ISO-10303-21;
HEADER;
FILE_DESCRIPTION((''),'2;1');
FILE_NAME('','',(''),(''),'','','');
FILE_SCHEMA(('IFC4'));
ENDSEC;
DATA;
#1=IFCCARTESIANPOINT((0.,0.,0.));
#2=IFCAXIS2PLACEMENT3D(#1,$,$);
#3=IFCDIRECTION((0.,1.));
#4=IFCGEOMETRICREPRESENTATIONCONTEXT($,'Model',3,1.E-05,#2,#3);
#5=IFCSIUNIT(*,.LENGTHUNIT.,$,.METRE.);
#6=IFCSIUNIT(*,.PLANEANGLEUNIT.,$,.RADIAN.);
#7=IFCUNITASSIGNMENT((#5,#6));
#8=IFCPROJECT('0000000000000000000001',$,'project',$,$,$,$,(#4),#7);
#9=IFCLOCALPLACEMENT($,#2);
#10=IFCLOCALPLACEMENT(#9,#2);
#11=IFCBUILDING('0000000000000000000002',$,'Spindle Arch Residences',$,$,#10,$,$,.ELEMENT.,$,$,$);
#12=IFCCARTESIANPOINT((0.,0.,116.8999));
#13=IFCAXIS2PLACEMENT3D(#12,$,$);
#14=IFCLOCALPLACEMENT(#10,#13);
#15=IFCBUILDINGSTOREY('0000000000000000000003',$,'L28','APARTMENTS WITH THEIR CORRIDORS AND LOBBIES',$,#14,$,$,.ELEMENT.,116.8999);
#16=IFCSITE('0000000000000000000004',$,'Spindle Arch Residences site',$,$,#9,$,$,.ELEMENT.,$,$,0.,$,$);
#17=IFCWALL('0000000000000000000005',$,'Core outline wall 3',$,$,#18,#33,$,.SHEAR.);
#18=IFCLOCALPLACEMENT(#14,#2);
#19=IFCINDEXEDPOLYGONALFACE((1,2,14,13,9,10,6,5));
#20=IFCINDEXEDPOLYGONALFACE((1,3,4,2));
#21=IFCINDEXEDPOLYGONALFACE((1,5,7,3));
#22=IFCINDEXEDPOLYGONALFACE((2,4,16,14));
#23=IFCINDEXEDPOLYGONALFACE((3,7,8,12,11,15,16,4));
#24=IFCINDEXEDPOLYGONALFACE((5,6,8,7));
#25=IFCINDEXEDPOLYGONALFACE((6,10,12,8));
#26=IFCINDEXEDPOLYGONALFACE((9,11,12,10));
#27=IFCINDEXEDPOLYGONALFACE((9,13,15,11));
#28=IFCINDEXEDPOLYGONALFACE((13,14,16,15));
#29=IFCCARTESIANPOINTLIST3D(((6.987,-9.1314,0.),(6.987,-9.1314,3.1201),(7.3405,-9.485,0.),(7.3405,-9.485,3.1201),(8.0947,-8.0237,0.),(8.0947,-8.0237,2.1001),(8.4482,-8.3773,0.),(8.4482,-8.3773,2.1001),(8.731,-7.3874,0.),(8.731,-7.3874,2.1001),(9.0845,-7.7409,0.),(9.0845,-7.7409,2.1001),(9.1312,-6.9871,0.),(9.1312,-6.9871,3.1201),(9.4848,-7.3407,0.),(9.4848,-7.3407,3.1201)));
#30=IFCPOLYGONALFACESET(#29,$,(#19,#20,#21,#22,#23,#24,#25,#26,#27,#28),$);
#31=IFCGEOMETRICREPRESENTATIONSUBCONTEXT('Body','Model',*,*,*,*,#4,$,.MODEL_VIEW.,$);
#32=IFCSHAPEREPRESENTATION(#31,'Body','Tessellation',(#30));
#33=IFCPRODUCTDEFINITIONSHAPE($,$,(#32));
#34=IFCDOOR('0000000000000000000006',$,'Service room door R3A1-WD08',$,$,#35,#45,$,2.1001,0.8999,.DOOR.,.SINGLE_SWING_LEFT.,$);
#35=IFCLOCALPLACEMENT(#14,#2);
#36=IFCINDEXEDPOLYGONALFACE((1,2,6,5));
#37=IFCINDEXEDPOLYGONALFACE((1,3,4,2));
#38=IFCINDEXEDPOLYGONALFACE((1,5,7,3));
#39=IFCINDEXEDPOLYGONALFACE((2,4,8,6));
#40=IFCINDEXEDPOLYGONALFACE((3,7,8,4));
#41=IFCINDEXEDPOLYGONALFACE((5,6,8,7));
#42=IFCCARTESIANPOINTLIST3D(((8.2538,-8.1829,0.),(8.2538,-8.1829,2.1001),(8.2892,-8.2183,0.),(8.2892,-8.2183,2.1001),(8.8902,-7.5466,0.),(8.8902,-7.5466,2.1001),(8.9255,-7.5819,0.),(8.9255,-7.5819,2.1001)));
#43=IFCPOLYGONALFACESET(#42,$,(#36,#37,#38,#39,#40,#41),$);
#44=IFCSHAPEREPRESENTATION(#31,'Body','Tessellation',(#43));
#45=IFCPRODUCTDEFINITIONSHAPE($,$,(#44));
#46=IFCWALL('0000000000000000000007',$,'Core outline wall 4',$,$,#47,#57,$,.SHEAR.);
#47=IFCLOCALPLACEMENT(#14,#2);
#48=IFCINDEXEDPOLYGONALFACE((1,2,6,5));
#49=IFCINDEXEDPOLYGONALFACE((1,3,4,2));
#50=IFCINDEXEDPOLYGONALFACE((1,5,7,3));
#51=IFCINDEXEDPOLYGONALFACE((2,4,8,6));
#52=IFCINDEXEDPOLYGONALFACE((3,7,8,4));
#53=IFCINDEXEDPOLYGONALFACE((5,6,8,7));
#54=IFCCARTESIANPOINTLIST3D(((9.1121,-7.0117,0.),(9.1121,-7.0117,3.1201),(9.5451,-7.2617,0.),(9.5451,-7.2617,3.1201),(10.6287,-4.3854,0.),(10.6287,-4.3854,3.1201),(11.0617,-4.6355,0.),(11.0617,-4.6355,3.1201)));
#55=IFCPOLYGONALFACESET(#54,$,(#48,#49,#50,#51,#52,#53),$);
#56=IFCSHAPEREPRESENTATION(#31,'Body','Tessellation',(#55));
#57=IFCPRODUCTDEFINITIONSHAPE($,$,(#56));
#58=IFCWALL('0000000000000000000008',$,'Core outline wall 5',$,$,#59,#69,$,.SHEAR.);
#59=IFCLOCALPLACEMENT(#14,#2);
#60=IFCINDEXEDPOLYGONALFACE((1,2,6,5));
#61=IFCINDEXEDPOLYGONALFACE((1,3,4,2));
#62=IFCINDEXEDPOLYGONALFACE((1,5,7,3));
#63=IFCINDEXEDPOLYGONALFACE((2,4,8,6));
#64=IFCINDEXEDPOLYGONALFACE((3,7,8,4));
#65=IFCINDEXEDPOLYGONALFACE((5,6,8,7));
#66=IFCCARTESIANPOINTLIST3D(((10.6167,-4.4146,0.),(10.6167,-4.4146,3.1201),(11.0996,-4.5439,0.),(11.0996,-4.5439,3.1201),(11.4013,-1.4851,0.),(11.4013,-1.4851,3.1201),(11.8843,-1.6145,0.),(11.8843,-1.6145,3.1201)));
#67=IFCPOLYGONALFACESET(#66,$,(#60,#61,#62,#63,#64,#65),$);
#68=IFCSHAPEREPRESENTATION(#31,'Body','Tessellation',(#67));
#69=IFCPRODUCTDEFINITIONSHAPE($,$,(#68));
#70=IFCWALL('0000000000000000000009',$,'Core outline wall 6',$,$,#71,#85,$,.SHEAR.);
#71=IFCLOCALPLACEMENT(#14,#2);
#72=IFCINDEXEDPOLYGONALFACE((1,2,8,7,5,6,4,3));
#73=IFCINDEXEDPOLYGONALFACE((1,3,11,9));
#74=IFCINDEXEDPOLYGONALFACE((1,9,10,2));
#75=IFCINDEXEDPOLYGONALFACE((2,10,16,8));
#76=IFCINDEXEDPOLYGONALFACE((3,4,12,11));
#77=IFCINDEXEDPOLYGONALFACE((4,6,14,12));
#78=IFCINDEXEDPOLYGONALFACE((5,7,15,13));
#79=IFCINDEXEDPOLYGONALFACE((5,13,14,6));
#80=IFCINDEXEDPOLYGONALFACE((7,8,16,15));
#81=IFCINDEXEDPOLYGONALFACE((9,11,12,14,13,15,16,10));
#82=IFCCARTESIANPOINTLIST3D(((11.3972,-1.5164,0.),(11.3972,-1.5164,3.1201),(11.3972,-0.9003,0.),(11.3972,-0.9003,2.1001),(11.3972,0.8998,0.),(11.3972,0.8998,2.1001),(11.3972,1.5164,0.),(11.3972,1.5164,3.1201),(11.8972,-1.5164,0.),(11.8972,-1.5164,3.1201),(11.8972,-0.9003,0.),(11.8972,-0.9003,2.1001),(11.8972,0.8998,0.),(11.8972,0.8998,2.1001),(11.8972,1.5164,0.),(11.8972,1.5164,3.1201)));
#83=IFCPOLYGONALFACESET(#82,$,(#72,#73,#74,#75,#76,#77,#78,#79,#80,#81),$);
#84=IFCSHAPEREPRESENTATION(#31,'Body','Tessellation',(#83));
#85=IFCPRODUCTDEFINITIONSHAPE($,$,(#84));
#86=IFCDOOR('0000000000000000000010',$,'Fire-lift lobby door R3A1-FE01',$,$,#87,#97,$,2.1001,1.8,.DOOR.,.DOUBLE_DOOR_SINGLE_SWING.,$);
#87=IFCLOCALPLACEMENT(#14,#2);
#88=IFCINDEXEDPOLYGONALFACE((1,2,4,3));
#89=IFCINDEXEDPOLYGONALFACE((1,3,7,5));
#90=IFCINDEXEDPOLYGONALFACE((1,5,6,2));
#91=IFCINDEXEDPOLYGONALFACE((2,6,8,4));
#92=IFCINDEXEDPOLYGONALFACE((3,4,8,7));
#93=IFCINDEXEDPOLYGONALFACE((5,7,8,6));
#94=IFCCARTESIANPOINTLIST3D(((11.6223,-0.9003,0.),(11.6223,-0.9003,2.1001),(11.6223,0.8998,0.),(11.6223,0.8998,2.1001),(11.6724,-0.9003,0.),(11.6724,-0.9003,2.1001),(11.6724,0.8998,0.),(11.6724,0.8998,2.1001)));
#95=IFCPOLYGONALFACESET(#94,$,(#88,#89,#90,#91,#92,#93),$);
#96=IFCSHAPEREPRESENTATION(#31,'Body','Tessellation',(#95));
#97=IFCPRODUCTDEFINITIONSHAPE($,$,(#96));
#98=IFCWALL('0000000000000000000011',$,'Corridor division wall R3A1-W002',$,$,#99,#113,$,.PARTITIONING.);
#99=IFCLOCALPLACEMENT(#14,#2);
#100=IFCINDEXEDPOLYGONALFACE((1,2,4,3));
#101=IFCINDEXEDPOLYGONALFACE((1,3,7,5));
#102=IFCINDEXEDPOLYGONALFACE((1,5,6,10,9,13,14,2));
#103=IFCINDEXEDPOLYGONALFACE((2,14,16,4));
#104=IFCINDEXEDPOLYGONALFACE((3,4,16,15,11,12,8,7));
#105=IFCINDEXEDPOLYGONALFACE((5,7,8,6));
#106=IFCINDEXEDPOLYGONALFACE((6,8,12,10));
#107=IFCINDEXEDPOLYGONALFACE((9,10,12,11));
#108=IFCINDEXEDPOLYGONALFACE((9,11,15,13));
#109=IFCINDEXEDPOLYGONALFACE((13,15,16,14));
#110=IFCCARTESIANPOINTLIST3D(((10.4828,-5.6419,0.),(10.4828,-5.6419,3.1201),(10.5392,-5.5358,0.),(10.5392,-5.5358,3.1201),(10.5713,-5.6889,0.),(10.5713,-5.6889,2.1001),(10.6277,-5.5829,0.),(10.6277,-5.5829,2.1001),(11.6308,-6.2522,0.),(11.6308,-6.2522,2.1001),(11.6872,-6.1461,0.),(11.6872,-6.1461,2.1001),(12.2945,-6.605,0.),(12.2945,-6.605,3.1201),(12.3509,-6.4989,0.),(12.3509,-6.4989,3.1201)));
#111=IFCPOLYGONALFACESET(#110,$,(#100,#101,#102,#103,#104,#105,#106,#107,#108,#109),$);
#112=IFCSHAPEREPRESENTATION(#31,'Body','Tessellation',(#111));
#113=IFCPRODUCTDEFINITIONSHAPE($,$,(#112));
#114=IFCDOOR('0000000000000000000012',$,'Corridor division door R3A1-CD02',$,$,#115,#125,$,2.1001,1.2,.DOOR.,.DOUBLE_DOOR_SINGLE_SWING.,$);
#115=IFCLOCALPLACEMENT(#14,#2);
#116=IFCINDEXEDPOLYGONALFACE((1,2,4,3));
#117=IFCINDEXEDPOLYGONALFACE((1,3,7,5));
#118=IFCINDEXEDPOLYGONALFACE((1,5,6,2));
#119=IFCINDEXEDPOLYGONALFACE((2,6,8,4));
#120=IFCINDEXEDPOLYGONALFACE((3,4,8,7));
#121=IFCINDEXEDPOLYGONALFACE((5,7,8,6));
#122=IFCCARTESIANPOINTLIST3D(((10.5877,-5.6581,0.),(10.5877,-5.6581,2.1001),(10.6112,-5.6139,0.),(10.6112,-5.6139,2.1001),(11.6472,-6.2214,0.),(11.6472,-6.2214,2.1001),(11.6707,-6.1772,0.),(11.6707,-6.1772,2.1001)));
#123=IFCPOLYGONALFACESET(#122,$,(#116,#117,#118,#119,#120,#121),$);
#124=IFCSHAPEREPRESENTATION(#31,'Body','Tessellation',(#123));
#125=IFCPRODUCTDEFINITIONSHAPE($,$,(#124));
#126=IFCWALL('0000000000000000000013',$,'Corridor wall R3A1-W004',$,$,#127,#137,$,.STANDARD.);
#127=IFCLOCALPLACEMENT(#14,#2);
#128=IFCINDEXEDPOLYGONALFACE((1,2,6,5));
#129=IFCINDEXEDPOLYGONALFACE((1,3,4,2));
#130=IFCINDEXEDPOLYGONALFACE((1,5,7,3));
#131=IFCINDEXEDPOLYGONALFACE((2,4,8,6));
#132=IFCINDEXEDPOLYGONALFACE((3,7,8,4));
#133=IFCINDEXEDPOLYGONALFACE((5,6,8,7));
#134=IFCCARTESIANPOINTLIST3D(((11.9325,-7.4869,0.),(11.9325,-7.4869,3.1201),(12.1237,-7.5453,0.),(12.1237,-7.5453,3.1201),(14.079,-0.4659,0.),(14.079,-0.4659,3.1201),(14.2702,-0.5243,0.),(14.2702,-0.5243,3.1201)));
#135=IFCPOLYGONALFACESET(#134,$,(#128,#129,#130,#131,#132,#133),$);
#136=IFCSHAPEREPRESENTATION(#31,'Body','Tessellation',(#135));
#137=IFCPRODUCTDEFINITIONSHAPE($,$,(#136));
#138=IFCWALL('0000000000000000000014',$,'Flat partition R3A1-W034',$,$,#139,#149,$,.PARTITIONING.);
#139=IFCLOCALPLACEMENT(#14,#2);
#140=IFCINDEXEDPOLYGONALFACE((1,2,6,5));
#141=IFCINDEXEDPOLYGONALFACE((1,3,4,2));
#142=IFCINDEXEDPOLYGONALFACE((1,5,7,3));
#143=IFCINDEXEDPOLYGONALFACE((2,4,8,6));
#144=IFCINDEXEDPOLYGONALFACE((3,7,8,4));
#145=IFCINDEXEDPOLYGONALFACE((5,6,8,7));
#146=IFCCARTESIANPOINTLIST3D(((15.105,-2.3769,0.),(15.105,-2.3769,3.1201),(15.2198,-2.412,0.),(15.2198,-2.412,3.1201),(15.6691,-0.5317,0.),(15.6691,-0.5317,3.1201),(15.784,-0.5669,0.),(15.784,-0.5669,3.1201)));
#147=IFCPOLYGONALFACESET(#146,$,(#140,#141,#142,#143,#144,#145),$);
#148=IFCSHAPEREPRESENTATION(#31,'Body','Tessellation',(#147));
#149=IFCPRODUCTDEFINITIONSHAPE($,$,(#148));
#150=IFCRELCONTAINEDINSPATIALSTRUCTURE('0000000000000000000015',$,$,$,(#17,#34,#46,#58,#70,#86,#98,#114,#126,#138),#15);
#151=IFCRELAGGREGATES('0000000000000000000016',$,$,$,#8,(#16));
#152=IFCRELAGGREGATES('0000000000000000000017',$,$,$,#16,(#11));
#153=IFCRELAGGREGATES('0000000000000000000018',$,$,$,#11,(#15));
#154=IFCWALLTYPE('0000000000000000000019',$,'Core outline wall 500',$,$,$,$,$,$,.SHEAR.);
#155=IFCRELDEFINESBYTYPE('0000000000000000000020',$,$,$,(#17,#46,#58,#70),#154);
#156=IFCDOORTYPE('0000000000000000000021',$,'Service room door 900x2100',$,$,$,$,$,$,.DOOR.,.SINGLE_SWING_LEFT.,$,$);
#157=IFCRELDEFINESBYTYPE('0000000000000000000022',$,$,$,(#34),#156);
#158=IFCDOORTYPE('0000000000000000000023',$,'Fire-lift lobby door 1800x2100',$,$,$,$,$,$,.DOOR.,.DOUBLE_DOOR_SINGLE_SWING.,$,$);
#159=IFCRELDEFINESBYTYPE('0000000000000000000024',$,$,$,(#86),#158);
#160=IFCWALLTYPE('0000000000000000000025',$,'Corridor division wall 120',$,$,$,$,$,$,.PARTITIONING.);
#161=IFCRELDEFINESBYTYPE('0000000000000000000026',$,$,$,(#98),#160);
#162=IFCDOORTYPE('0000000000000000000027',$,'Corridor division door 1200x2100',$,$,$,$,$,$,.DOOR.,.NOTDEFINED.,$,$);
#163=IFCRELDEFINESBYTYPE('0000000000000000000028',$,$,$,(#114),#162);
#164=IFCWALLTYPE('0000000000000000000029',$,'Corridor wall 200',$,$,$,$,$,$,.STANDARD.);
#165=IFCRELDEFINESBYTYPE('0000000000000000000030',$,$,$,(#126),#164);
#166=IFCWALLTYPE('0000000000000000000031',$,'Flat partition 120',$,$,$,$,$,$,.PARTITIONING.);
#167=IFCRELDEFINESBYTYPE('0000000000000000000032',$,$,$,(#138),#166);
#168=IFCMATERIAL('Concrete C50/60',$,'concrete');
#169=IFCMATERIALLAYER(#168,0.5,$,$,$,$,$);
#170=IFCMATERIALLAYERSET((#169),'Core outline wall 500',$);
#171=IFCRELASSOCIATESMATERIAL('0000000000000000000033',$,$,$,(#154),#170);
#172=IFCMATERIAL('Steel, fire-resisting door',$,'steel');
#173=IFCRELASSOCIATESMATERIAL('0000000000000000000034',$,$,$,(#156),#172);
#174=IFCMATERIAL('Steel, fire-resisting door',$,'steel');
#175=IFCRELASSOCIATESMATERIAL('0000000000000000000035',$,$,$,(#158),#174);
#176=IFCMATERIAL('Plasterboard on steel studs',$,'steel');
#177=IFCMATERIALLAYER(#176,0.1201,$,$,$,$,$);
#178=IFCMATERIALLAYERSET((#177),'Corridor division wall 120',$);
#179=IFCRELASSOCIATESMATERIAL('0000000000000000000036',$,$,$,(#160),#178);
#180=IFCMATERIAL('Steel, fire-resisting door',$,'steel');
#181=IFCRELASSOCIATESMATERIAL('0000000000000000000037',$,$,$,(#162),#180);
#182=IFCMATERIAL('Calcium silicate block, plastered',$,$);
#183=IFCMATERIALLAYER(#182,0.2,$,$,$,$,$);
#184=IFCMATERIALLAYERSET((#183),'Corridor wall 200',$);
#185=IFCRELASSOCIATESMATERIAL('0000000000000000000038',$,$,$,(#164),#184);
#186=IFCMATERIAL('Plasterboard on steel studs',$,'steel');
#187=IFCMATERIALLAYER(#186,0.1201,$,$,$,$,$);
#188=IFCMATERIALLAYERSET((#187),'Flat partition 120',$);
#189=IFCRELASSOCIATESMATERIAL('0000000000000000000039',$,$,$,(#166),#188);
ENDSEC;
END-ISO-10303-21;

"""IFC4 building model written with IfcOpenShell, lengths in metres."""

from ifc_helpers import new_model, si_unit, direction, frame, frame_2d, origin, place, context, subcontext, project, spatial, rectangle, extrude, material, layer, layer_set, type_object, element, fill, save


model = new_model("IFC4")

# Units and contexts
model_context = context("Model", 3, precision=1e-05, world=origin(), true_north=direction((0.0, 1.0)))
body_context = subcontext(model_context, "Body", "Model", "MODEL_VIEW")
ifc_project = project(units=[si_unit("LENGTHUNIT", "METRE"), si_unit("PLANEANGLEUNIT", "RADIAN")], contexts=[model_context])

# Site, building, storey
site_placement = place(None, origin())
site = spatial("IfcSite", under=ifc_project, at=site_placement, Name="Spindle Arch Residences site", CompositionType="ELEMENT", RefElevation=0.0)
building_placement = place(site_placement, origin())
building = spatial("IfcBuilding", under=site, at=building_placement, Name="Spindle Arch Residences", CompositionType="ELEMENT")
storey_placement = place(building_placement, frame((0.0, 0.0, 116.8999)))
storey = spatial("IfcBuildingStorey", under=building, at=storey_placement, Name="L28", Description="APARTMENTS WITH THEIR CORRIDORS AND LOBBIES", CompositionType="ELEMENT", Elevation=116.8999)

# Wall, opening, door
ifc_material_1 = material(Name="Concrete C50/60", Category="concrete")
ifc_layer_1 = layer(ifc_material_1, 0.5)
ifc_layer_set_1 = layer_set([ifc_layer_1], Name="Core outline wall 500")
wall_type_1 = type_object("IfcWallType", Name="Core outline wall 500", PredefinedType="SHEAR", material=ifc_layer_set_1)
wall_1_placement = place(storey_placement, frame((7.1638, -9.3081, 0.0), z_axis=(0.0, 0.0, 1.0), x_axis=(0.707107, 0.707107, 0.0)))
wall_1 = element("IfcWall", 1, at=wall_1_placement, inside=storey, type_object=wall_type_1, Name="Core outline wall 3", PredefinedType="SHEAR", context=body_context, shape_type="SweptSolid", body=[
    extrude(rectangle(XDim=3.0325, YDim=0.5, at=frame_2d((1.5161, 0.0))), origin(), (0.0, 0.0, 1.0), 3.1201),
])
opening_1_placement = place(wall_1_placement, frame((1.5664, 0.0, 0.0)))
opening_1 = element("IfcOpeningElement", 2, at=opening_1_placement, cuts=wall_1, PredefinedType="OPENING", context=body_context, shape_type="SweptSolid", body=[
    extrude(rectangle(XDim=0.8999, YDim=2.1001, at=frame_2d((0.45, 1.05))), frame((0.0, 0.26, 0.0), z_axis=(0.0, -1.0, 0.0), x_axis=(1.0, 0.0, 0.0)), (0.0, 0.0, 1.0), 0.52),
])
ifc_material_2 = material(Name="Steel, fire-resisting door", Category="steel")
door_type_1 = type_object("IfcDoorType", Name="Service room door 900x2100", OperationType="SINGLE_SWING_LEFT", PredefinedType="DOOR", material=ifc_material_2)
door_1_placement = place(opening_1_placement, origin())
door_1 = element("IfcDoor", 3, at=door_1_placement, inside=storey, type_object=door_type_1, Name="Service room door R3A1-WD08", OperationType="SINGLE_SWING_LEFT", OverallHeight=2.1001, OverallWidth=0.8999, PredefinedType="DOOR", context=body_context, shape_type="SweptSolid", body=[
    extrude(rectangle(XDim=0.8999, YDim=2.1001, at=frame_2d((0.45, 1.05))), frame((0.0, 0.0249, 0.0), z_axis=(0.0, -1.0, 0.0), x_axis=(1.0, 0.0, 0.0)), (0.0, 0.0, 1.0), 0.05),
])
fill(opening_1, door_1)

# Walls
for number, where, z_axis, x_axis, name in (
    (4, (9.3286, -7.1367, 0.0), (0.0, 0.0, 1.0), (0.500087, 0.865975, 0.0), "Core outline wall 4"),
    (5, (10.8582, -4.4792, 0.0), (0.0, 0.0, 1.0), (0.258735, 0.965948, 0.0), "Core outline wall 5"),
):
    element("IfcWall", number, at=place(storey_placement, frame(where, z_axis=z_axis, x_axis=x_axis)), inside=storey, type_object=wall_type_1, Name=name, PredefinedType="SHEAR", context=body_context, shape_type="SweptSolid", body=[
        extrude(rectangle(XDim=3.0327, YDim=0.5, at=frame_2d((1.5164, 0.0))), origin(), (0.0, 0.0, 1.0), 3.1201),
    ])

# Walls, openings, doors
wall_2_placement = place(storey_placement, frame((11.6472, -1.5164, 0.0), z_axis=(0.0, 0.0, 1.0), x_axis=(0.0, 1.0, 0.0)))
wall_2 = element("IfcWall", 6, at=wall_2_placement, inside=storey, type_object=wall_type_1, Name="Core outline wall 6", PredefinedType="SHEAR", context=body_context, shape_type="SweptSolid", body=[
    extrude(rectangle(XDim=3.0327, YDim=0.5, at=frame_2d((1.5164, 0.0))), origin(), (0.0, 0.0, 1.0), 3.1201),
])
opening_2_placement = place(wall_2_placement, frame((0.6162, 0.0, 0.0)))
opening_2 = element("IfcOpeningElement", 7, at=opening_2_placement, cuts=wall_2, PredefinedType="OPENING", context=body_context, shape_type="SweptSolid", body=[
    extrude(rectangle(XDim=1.8, YDim=2.1001, at=frame_2d((0.8999, 1.05))), frame((0.0, 0.26, 0.0), z_axis=(0.0, -1.0, 0.0), x_axis=(1.0, 0.0, 0.0)), (0.0, 0.0, 1.0), 0.52),
])
ifc_material_3 = material(Name="Steel, fire-resisting door", Category="steel")
door_type_2 = type_object("IfcDoorType", Name="Fire-lift lobby door 1800x2100", OperationType="DOUBLE_DOOR_SINGLE_SWING", PredefinedType="DOOR", material=ifc_material_3)
door_2_placement = place(opening_2_placement, origin())
door_2 = element("IfcDoor", 8, at=door_2_placement, inside=storey, type_object=door_type_2, Name="Fire-lift lobby door R3A1-FE01", OperationType="DOUBLE_DOOR_SINGLE_SWING", OverallHeight=2.1001, OverallWidth=1.8, PredefinedType="DOOR", context=body_context, shape_type="SweptSolid", body=[
    extrude(rectangle(XDim=1.8, YDim=2.1001, at=frame_2d((0.8999, 1.05))), frame((0.0, 0.0249, 0.0), z_axis=(0.0, -1.0, 0.0), x_axis=(1.0, 0.0, 0.0)), (0.0, 0.0, 1.0), 0.05),
])
fill(opening_2, door_2)
ifc_material_4 = material(Name="Plasterboard on steel studs", Category="steel")
ifc_layer_2 = layer(ifc_material_4, 0.1201)
ifc_layer_set_2 = layer_set([ifc_layer_2], Name="Corridor division wall 120")
wall_type_2 = type_object("IfcWallType", Name="Corridor division wall 120", PredefinedType="PARTITIONING", material=ifc_layer_set_2)
wall_3_placement = place(storey_placement, frame((10.511, -5.5889, 0.0), z_axis=(0.0, 0.0, 1.0), x_axis=(0.882988, -0.469396, 0.0)))
wall_3 = element("IfcWall", 9, at=wall_3_placement, inside=storey, type_object=wall_type_2, Name="Corridor division wall R3A1-W002", PredefinedType="PARTITIONING", context=body_context, shape_type="SweptSolid", body=[
    extrude(rectangle(XDim=2.0518, YDim=0.1201, at=frame_2d((1.0259, 0.0))), origin(), (0.0, 0.0, 1.0), 3.1201),
])
opening_3_placement = place(wall_3_placement, frame((0.1001, 0.0, 0.0)))
opening_3 = element("IfcOpeningElement", 10, at=opening_3_placement, cuts=wall_3, PredefinedType="OPENING", context=body_context, shape_type="SweptSolid", body=[
    extrude(rectangle(XDim=1.2, YDim=2.1001, at=frame_2d((0.6001, 1.05))), frame((0.0, 0.0701, 0.0), z_axis=(0.0, -1.0, 0.0), x_axis=(1.0, 0.0, 0.0)), (0.0, 0.0, 1.0), 0.1401),
])
ifc_material_5 = material(Name="Steel, fire-resisting door", Category="steel")
door_type_3 = type_object("IfcDoorType", Name="Corridor division door 1200x2100", OperationType="NOTDEFINED", PredefinedType="DOOR", material=ifc_material_5)
door_3_placement = place(opening_3_placement, origin())
door_3 = element("IfcDoor", 11, at=door_3_placement, inside=storey, type_object=door_type_3, Name="Corridor division door R3A1-CD02", OperationType="DOUBLE_DOOR_SINGLE_SWING", OverallHeight=2.1001, OverallWidth=1.2, PredefinedType="DOOR", context=body_context, shape_type="SweptSolid", body=[
    extrude(rectangle(XDim=1.2, YDim=2.1001, at=frame_2d((0.6001, 1.05))), frame((0.0, 0.0249, 0.0), z_axis=(0.0, -1.0, 0.0), x_axis=(1.0, 0.0, 0.0)), (0.0, 0.0, 1.0), 0.05),
])
fill(opening_3, door_3)

# Walls
ifc_material_6 = material(Name="Calcium silicate block, plastered")
ifc_layer_3 = layer(ifc_material_6, 0.2)
ifc_layer_set_3 = layer_set([ifc_layer_3], Name="Corridor wall 200")
wall_type_3 = type_object("IfcWallType", Name="Corridor wall 200", PredefinedType="STANDARD", material=ifc_layer_set_3)
wall_4_placement = place(storey_placement, frame((12.0281, -7.5161, 0.0), z_axis=(0.0, 0.0, 1.0), x_axis=(0.292366, 0.956307, 0.0)))
element("IfcWall", 12, at=wall_4_placement, inside=storey, type_object=wall_type_3, Name="Corridor wall R3A1-W004", PredefinedType="STANDARD", context=body_context, shape_type="SweptSolid", body=[
    extrude(rectangle(XDim=7.3418, YDim=0.2, at=frame_2d((3.6709, 0.0))), origin(), (0.0, 0.0, 1.0), 3.1201),
])
ifc_material_7 = material(Name="Plasterboard on steel studs", Category="steel")
ifc_layer_4 = layer(ifc_material_7, 0.1201)
ifc_layer_set_4 = layer_set([ifc_layer_4], Name="Flat partition 120")
wall_type_4 = type_object("IfcWallType", Name="Flat partition 120", PredefinedType="PARTITIONING", material=ifc_layer_set_4)
wall_5_placement = place(storey_placement, frame((15.1624, -2.3945, 0.0), z_axis=(0.0, 0.0, 1.0), x_axis=(0.292405, 0.956295, 0.0)))
element("IfcWall", 13, at=wall_5_placement, inside=storey, type_object=wall_type_4, Name="Flat partition R3A1-W034", PredefinedType="PARTITIONING", context=body_context, shape_type="SweptSolid", body=[
    extrude(rectangle(XDim=1.9294, YDim=0.1201, at=frame_2d((0.9648, 0.0))), origin(), (0.0, 0.0, 1.0), 3.1201),
])

save(model, "model.ifc")
